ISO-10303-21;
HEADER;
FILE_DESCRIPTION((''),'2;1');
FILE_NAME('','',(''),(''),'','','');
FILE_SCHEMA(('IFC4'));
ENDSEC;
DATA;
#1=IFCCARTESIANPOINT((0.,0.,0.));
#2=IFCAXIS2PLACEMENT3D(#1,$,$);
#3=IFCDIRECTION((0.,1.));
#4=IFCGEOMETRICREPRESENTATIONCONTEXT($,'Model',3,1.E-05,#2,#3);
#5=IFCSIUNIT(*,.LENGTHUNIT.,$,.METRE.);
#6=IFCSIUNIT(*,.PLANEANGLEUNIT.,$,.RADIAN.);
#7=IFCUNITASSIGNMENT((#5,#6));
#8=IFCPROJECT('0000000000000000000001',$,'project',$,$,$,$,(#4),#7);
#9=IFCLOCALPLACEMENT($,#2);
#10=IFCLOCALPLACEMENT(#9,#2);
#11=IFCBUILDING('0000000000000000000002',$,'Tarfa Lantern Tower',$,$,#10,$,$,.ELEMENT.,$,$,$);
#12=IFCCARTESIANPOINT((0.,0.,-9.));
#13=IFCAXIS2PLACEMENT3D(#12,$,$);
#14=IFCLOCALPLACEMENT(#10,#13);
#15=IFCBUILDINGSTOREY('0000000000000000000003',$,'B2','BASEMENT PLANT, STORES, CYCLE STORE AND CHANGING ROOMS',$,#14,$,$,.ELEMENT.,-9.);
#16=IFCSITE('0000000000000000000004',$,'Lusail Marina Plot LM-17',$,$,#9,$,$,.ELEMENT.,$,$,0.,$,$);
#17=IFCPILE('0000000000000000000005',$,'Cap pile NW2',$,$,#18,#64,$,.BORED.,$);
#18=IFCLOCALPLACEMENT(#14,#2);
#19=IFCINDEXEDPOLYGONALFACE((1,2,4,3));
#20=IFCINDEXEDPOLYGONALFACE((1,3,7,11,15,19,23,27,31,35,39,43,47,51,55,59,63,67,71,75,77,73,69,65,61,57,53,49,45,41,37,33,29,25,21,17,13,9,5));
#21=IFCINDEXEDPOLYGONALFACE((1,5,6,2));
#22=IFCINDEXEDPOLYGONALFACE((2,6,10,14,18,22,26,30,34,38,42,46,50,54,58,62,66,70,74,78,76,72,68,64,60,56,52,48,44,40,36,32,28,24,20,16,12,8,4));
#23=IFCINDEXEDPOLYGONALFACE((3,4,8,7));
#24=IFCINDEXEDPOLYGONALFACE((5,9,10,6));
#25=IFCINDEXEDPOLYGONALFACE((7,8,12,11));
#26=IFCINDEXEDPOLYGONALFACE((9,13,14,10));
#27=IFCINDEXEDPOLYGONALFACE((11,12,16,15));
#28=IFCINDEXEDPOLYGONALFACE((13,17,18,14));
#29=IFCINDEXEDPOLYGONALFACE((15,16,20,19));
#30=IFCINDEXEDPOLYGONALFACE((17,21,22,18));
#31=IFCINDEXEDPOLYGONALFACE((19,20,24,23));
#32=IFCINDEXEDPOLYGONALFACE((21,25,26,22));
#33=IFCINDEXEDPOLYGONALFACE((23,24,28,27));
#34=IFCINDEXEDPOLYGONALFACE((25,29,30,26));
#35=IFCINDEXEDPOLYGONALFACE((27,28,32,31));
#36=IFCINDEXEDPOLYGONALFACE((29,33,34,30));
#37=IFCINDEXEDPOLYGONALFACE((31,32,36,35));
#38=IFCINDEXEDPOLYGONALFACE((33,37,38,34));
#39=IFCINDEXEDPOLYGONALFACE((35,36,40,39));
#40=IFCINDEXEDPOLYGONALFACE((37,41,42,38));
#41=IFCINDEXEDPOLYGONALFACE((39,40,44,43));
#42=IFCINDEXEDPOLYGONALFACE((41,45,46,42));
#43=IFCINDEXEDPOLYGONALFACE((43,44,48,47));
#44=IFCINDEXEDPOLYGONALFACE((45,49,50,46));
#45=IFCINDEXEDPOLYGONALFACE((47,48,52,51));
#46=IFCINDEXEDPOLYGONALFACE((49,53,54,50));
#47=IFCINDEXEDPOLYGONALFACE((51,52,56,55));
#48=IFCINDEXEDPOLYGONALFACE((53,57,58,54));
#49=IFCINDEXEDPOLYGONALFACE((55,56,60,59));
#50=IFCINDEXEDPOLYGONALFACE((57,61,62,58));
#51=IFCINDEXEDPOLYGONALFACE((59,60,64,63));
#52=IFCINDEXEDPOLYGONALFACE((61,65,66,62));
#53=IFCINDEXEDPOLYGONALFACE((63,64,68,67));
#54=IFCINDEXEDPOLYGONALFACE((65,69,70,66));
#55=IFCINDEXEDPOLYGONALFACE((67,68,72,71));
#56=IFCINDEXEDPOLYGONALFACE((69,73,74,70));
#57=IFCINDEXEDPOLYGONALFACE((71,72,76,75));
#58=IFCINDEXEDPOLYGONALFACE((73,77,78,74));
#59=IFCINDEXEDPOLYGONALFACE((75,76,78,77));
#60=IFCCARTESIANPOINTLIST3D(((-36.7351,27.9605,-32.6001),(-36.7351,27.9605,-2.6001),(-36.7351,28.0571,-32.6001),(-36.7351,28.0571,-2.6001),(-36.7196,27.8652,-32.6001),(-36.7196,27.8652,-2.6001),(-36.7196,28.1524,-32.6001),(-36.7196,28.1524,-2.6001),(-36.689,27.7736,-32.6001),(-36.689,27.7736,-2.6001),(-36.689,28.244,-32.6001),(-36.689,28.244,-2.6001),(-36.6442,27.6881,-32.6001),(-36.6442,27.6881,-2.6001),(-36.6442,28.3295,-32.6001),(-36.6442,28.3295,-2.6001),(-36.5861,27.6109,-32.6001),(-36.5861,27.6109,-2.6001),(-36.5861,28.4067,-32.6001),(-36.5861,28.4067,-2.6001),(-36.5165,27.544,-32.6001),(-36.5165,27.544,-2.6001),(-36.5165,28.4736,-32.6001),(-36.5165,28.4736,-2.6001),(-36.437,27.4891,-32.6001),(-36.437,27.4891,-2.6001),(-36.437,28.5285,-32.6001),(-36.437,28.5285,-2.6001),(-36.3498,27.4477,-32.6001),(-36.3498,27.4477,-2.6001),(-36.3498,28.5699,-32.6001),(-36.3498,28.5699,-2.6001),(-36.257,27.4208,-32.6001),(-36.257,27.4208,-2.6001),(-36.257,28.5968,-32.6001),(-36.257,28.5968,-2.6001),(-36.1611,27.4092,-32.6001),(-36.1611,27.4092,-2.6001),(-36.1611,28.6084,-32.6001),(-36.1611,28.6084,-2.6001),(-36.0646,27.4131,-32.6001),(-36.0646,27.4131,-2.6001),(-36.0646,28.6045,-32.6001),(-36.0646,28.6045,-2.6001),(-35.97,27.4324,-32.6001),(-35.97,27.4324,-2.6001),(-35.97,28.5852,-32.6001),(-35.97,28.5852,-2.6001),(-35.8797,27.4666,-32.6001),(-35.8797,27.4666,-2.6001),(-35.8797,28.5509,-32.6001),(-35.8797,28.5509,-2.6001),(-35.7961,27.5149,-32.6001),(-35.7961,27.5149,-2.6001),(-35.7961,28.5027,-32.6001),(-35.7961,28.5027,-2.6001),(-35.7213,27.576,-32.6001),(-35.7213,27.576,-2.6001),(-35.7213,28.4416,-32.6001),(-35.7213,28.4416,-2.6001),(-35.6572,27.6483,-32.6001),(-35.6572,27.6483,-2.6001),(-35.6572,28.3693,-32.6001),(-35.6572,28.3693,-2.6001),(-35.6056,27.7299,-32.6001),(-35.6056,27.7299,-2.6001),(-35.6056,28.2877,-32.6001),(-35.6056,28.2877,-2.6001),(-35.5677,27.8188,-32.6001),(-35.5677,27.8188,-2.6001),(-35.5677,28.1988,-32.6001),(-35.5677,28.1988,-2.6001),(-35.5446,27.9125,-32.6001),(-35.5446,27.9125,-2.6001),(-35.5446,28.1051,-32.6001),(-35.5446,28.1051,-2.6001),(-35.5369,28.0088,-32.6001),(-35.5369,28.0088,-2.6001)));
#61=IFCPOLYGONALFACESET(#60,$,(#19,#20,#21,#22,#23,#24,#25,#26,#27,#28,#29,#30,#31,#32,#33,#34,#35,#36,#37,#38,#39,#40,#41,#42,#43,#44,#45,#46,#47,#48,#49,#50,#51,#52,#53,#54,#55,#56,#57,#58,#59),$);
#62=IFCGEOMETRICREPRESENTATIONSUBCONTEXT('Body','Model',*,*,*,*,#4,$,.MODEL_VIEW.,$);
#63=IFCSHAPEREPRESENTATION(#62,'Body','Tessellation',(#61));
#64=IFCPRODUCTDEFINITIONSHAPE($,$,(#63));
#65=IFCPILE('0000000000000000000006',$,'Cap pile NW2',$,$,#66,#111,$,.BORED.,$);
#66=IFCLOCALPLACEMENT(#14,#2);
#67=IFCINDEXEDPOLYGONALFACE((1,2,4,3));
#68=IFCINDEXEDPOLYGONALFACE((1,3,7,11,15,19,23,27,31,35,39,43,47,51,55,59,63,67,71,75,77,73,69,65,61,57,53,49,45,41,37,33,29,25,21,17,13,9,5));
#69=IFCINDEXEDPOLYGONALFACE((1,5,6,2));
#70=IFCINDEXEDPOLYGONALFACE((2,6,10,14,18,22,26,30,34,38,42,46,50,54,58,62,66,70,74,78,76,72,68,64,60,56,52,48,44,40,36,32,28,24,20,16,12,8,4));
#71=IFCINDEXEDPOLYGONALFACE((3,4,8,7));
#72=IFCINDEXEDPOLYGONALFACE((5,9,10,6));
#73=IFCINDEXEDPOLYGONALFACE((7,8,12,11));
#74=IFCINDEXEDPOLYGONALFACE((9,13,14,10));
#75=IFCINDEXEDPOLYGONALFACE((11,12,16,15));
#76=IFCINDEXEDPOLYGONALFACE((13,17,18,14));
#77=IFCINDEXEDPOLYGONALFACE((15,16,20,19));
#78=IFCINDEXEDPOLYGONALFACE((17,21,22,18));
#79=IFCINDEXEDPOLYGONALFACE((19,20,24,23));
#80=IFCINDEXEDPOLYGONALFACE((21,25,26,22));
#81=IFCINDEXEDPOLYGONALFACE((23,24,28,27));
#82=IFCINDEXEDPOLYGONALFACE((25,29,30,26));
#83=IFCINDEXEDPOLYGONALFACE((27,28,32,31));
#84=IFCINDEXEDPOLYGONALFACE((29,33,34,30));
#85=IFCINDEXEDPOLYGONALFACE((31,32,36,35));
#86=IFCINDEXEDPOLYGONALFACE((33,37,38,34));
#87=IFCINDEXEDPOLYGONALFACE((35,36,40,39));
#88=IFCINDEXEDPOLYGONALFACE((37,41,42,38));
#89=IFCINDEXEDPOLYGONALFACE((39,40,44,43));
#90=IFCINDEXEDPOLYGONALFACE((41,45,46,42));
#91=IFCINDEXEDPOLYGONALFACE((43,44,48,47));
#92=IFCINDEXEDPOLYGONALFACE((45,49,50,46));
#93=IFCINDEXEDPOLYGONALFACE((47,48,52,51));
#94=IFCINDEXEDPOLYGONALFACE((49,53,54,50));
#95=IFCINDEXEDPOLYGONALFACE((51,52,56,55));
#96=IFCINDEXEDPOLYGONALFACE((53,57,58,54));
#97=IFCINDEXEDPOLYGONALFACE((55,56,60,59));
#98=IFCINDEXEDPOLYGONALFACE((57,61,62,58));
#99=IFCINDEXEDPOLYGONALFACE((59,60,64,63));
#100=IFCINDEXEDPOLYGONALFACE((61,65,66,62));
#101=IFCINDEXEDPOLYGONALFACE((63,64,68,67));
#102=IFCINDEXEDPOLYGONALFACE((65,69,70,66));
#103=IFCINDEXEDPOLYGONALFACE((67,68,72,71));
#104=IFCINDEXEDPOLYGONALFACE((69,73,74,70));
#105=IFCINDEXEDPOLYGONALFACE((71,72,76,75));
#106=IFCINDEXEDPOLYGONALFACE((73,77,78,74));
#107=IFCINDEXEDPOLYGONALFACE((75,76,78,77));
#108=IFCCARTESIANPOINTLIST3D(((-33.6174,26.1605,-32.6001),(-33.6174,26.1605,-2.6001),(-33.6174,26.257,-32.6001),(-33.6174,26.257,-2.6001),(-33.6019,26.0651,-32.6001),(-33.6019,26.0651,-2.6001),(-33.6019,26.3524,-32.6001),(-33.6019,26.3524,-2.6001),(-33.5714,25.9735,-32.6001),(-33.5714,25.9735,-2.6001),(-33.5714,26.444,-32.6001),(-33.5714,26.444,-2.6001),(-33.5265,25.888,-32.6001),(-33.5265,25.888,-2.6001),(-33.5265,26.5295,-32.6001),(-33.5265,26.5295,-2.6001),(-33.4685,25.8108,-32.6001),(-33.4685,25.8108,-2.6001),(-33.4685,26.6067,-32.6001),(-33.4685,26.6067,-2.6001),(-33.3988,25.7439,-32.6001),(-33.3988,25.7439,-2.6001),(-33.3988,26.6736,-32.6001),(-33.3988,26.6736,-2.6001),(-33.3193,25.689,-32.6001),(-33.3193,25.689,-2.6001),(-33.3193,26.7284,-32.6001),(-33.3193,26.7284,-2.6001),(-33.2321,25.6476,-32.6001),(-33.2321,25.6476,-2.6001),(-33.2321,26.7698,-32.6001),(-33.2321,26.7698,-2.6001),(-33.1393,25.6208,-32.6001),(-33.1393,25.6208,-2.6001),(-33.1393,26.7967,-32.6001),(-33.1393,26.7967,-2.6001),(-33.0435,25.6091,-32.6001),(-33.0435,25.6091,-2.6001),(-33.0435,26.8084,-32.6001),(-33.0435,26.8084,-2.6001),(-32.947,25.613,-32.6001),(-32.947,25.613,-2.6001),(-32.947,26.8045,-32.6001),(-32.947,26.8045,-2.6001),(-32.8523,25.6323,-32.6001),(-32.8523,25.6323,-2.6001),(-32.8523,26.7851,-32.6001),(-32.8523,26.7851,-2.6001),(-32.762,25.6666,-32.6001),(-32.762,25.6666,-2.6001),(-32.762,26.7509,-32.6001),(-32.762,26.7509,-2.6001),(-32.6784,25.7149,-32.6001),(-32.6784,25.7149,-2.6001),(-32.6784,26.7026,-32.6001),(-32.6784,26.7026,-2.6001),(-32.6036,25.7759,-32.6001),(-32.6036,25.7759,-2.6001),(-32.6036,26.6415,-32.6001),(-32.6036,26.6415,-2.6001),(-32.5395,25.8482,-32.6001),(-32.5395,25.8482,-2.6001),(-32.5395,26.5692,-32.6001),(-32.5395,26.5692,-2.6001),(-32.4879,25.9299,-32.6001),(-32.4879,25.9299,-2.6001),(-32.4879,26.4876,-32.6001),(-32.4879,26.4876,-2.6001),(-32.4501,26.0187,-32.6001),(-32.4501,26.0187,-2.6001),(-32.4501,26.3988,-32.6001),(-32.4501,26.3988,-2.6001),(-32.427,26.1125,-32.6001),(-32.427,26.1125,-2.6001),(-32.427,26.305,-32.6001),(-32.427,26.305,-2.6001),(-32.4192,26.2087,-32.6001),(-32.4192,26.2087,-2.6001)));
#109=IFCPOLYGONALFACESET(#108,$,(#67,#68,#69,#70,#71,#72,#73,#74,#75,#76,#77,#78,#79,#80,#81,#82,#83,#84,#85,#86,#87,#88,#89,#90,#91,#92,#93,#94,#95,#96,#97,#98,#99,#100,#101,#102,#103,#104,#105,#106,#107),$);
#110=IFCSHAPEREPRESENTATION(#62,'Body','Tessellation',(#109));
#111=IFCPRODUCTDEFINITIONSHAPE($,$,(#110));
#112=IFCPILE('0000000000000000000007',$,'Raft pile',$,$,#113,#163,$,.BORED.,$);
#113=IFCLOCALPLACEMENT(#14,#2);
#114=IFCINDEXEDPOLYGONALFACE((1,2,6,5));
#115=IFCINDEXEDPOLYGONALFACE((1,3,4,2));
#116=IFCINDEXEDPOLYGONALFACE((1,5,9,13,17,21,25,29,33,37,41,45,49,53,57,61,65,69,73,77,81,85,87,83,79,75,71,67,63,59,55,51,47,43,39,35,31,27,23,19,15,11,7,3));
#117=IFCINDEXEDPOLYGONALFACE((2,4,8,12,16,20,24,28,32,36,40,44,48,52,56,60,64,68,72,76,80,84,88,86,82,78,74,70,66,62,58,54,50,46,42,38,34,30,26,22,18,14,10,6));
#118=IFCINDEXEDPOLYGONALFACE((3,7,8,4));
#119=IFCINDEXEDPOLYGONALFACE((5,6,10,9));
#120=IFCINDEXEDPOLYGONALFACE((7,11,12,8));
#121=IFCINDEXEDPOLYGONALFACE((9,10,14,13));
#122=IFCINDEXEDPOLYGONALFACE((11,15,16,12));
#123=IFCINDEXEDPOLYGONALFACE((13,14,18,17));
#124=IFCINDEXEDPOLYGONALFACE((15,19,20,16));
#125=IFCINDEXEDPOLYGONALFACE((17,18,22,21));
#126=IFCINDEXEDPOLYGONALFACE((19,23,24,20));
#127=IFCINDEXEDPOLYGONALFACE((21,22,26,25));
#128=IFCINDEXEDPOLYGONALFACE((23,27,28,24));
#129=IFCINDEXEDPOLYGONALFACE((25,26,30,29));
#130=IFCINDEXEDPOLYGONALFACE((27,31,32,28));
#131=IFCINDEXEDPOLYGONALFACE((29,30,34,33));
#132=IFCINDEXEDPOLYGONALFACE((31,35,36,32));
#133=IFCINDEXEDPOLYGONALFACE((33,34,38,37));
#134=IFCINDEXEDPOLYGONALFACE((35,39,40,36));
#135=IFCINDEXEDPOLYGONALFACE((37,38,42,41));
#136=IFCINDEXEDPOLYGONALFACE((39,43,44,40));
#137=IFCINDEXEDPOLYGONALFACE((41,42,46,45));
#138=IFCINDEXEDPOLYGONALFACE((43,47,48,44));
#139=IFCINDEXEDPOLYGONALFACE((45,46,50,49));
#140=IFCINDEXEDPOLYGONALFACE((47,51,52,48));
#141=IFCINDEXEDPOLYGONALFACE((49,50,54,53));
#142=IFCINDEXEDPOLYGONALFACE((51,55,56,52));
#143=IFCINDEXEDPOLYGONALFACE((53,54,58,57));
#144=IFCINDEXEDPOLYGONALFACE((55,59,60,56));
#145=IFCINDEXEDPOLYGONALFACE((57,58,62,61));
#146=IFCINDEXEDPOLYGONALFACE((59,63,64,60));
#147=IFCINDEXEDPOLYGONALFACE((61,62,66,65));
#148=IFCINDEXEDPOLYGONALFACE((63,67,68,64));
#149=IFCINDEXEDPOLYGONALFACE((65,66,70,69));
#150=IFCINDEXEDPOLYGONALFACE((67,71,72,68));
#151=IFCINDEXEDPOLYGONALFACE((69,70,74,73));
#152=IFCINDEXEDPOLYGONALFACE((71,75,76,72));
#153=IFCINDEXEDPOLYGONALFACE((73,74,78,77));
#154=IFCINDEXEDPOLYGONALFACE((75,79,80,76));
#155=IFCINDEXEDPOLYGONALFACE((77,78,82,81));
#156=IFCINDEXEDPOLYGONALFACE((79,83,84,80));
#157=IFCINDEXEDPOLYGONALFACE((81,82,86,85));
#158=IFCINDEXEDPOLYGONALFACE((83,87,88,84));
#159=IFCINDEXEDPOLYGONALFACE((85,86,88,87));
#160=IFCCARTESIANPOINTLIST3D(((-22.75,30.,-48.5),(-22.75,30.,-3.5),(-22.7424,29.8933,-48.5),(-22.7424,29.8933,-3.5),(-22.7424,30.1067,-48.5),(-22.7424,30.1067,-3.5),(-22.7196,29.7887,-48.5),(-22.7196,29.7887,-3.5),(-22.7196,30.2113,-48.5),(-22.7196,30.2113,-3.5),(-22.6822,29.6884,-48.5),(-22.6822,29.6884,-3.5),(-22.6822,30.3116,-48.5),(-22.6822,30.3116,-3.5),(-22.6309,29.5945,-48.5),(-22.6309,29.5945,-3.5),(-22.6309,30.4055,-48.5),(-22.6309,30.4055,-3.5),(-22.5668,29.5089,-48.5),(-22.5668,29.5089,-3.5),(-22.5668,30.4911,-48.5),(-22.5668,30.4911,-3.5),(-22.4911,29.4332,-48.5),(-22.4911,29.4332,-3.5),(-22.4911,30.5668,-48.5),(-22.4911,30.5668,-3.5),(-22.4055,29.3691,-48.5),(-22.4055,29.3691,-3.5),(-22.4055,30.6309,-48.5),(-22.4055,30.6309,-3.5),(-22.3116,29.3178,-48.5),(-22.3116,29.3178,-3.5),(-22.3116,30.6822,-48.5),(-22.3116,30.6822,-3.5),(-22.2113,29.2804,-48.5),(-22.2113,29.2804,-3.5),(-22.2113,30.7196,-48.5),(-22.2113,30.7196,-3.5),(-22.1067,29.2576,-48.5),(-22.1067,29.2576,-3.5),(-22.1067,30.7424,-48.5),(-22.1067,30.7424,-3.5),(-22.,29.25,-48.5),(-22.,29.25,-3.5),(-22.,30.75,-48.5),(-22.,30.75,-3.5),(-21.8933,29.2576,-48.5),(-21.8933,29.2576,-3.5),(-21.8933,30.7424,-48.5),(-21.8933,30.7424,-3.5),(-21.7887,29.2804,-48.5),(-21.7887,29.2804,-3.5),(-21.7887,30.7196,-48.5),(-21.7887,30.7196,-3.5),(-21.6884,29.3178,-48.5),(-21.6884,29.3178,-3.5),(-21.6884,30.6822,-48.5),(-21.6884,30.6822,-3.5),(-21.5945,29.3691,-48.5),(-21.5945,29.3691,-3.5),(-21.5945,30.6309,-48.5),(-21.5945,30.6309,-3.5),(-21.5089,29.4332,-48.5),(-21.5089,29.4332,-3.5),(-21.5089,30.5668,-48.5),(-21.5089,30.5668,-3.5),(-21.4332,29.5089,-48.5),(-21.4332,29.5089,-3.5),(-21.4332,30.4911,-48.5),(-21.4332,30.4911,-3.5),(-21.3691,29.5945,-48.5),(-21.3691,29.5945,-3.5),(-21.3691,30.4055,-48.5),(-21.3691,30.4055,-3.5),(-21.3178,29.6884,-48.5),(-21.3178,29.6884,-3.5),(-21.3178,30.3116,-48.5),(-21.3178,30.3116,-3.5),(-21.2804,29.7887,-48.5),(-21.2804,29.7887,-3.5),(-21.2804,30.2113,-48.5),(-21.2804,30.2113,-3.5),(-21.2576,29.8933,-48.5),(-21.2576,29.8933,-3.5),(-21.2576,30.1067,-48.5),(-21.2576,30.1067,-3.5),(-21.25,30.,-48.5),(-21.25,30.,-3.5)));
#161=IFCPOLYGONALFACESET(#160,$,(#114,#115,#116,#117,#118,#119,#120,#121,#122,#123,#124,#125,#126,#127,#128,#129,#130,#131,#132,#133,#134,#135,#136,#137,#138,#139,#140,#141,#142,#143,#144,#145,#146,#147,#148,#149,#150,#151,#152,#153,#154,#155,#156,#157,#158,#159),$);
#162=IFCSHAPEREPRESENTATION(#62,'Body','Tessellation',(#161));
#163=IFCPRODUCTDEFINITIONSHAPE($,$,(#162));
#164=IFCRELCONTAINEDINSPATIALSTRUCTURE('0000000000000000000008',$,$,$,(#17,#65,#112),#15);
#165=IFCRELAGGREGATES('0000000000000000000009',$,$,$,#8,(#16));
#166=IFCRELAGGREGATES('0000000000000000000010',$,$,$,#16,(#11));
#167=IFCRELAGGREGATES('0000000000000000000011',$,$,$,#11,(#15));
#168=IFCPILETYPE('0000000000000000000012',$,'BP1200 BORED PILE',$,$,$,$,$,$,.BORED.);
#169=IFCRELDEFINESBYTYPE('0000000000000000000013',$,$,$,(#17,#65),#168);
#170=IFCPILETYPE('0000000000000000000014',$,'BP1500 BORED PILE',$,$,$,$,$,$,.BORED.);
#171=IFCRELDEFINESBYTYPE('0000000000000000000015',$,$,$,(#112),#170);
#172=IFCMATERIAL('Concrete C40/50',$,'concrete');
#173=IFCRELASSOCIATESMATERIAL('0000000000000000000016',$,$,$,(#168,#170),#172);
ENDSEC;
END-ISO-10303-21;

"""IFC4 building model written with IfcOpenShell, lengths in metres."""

from ifc_helpers import new_model, si_unit, direction, frame, origin, origin_2d, place, context, subcontext, project, spatial, circle, extrude, material, material_profile, profile_set, type_object, element, save


model = new_model("IFC4")

# Units and contexts
model_context = context("Model", 3, precision=1e-05, world=origin(), true_north=direction((0.0, 1.0)))
body_context = subcontext(model_context, "Body", "Model", "MODEL_VIEW")
ifc_project = project(units=[si_unit("LENGTHUNIT", "METRE"), si_unit("PLANEANGLEUNIT", "RADIAN")], contexts=[model_context])

# Site, building, storey
site_placement = place(None, origin())
site = spatial("IfcSite", under=ifc_project, at=site_placement, Name="Lusail Marina Plot LM-17", CompositionType="ELEMENT", RefElevation=0.0)
building_placement = place(site_placement, origin())
building = spatial("IfcBuilding", under=site, at=building_placement, Name="Tarfa Lantern Tower", CompositionType="ELEMENT")
storey_placement = place(building_placement, frame((0.0, 0.0, -9.0)))
storey = spatial("IfcBuildingStorey", under=building, at=storey_placement, Name="B2", Description="BASEMENT PLANT, STORES, CYCLE STORE AND CHANGING ROOMS", CompositionType="ELEMENT", Elevation=-9.0)

# Piles
ifc_material_1 = material(Name="Concrete C40/50", Category="concrete")
ifc_material_profile_1 = material_profile(ifc_material_1, circle(Radius=0.6001, at=origin_2d()), Name="BORED PILE D1200")
ifc_profile_set_1 = profile_set([ifc_material_profile_1], Name="Concrete C40/50")
pile_type_1 = type_object("IfcPileType", Name="BP1200 BORED PILE", PredefinedType="BORED", material=ifc_profile_set_1)
for number, where, z_axis, x_axis, name in (
    (1, (-36.137, 28.0088, -2.6001), (0.0, 0.0, -1.0), (1.0, 0.0, 0.0), "Cap pile NW2"),
    (2, (-33.0193, 26.2087, -2.6001), (0.0, 0.0, -1.0), (1.0, 0.0, 0.0), "Cap pile NW2"),
):
    element("IfcPile", number, at=place(storey_placement, frame(where, z_axis=z_axis, x_axis=x_axis)), inside=storey, type_object=pile_type_1, Name=name, PredefinedType="BORED", context=body_context, shape_type="SweptSolid", body=[
        extrude(circle(Radius=0.6001, at=origin_2d()), origin(), (0.0, 0.0, 1.0), 30.0),
    ])
ifc_material_profile_2 = material_profile(ifc_material_1, circle(Radius=0.75, at=origin_2d()), Name="BORED PILE D1500")
ifc_profile_set_2 = profile_set([ifc_material_profile_2], Name="Concrete C40/50")
pile_type_2 = type_object("IfcPileType", Name="BP1500 BORED PILE", PredefinedType="BORED", material=ifc_profile_set_2)
for number, where, z_axis, x_axis, name in (
    (3, (-22.0, 30.0, -3.5), (0.0, 0.0, -1.0), (1.0, 0.0, 0.0), "Raft pile"),
):
    element("IfcPile", number, at=place(storey_placement, frame(where, z_axis=z_axis, x_axis=x_axis)), inside=storey, type_object=pile_type_2, Name=name, PredefinedType="BORED", context=body_context, shape_type="SweptSolid", body=[
        extrude(circle(Radius=0.75, at=origin_2d()), origin(), (0.0, 0.0, 1.0), 45.0),
    ])

save(model, "model.ifc")
